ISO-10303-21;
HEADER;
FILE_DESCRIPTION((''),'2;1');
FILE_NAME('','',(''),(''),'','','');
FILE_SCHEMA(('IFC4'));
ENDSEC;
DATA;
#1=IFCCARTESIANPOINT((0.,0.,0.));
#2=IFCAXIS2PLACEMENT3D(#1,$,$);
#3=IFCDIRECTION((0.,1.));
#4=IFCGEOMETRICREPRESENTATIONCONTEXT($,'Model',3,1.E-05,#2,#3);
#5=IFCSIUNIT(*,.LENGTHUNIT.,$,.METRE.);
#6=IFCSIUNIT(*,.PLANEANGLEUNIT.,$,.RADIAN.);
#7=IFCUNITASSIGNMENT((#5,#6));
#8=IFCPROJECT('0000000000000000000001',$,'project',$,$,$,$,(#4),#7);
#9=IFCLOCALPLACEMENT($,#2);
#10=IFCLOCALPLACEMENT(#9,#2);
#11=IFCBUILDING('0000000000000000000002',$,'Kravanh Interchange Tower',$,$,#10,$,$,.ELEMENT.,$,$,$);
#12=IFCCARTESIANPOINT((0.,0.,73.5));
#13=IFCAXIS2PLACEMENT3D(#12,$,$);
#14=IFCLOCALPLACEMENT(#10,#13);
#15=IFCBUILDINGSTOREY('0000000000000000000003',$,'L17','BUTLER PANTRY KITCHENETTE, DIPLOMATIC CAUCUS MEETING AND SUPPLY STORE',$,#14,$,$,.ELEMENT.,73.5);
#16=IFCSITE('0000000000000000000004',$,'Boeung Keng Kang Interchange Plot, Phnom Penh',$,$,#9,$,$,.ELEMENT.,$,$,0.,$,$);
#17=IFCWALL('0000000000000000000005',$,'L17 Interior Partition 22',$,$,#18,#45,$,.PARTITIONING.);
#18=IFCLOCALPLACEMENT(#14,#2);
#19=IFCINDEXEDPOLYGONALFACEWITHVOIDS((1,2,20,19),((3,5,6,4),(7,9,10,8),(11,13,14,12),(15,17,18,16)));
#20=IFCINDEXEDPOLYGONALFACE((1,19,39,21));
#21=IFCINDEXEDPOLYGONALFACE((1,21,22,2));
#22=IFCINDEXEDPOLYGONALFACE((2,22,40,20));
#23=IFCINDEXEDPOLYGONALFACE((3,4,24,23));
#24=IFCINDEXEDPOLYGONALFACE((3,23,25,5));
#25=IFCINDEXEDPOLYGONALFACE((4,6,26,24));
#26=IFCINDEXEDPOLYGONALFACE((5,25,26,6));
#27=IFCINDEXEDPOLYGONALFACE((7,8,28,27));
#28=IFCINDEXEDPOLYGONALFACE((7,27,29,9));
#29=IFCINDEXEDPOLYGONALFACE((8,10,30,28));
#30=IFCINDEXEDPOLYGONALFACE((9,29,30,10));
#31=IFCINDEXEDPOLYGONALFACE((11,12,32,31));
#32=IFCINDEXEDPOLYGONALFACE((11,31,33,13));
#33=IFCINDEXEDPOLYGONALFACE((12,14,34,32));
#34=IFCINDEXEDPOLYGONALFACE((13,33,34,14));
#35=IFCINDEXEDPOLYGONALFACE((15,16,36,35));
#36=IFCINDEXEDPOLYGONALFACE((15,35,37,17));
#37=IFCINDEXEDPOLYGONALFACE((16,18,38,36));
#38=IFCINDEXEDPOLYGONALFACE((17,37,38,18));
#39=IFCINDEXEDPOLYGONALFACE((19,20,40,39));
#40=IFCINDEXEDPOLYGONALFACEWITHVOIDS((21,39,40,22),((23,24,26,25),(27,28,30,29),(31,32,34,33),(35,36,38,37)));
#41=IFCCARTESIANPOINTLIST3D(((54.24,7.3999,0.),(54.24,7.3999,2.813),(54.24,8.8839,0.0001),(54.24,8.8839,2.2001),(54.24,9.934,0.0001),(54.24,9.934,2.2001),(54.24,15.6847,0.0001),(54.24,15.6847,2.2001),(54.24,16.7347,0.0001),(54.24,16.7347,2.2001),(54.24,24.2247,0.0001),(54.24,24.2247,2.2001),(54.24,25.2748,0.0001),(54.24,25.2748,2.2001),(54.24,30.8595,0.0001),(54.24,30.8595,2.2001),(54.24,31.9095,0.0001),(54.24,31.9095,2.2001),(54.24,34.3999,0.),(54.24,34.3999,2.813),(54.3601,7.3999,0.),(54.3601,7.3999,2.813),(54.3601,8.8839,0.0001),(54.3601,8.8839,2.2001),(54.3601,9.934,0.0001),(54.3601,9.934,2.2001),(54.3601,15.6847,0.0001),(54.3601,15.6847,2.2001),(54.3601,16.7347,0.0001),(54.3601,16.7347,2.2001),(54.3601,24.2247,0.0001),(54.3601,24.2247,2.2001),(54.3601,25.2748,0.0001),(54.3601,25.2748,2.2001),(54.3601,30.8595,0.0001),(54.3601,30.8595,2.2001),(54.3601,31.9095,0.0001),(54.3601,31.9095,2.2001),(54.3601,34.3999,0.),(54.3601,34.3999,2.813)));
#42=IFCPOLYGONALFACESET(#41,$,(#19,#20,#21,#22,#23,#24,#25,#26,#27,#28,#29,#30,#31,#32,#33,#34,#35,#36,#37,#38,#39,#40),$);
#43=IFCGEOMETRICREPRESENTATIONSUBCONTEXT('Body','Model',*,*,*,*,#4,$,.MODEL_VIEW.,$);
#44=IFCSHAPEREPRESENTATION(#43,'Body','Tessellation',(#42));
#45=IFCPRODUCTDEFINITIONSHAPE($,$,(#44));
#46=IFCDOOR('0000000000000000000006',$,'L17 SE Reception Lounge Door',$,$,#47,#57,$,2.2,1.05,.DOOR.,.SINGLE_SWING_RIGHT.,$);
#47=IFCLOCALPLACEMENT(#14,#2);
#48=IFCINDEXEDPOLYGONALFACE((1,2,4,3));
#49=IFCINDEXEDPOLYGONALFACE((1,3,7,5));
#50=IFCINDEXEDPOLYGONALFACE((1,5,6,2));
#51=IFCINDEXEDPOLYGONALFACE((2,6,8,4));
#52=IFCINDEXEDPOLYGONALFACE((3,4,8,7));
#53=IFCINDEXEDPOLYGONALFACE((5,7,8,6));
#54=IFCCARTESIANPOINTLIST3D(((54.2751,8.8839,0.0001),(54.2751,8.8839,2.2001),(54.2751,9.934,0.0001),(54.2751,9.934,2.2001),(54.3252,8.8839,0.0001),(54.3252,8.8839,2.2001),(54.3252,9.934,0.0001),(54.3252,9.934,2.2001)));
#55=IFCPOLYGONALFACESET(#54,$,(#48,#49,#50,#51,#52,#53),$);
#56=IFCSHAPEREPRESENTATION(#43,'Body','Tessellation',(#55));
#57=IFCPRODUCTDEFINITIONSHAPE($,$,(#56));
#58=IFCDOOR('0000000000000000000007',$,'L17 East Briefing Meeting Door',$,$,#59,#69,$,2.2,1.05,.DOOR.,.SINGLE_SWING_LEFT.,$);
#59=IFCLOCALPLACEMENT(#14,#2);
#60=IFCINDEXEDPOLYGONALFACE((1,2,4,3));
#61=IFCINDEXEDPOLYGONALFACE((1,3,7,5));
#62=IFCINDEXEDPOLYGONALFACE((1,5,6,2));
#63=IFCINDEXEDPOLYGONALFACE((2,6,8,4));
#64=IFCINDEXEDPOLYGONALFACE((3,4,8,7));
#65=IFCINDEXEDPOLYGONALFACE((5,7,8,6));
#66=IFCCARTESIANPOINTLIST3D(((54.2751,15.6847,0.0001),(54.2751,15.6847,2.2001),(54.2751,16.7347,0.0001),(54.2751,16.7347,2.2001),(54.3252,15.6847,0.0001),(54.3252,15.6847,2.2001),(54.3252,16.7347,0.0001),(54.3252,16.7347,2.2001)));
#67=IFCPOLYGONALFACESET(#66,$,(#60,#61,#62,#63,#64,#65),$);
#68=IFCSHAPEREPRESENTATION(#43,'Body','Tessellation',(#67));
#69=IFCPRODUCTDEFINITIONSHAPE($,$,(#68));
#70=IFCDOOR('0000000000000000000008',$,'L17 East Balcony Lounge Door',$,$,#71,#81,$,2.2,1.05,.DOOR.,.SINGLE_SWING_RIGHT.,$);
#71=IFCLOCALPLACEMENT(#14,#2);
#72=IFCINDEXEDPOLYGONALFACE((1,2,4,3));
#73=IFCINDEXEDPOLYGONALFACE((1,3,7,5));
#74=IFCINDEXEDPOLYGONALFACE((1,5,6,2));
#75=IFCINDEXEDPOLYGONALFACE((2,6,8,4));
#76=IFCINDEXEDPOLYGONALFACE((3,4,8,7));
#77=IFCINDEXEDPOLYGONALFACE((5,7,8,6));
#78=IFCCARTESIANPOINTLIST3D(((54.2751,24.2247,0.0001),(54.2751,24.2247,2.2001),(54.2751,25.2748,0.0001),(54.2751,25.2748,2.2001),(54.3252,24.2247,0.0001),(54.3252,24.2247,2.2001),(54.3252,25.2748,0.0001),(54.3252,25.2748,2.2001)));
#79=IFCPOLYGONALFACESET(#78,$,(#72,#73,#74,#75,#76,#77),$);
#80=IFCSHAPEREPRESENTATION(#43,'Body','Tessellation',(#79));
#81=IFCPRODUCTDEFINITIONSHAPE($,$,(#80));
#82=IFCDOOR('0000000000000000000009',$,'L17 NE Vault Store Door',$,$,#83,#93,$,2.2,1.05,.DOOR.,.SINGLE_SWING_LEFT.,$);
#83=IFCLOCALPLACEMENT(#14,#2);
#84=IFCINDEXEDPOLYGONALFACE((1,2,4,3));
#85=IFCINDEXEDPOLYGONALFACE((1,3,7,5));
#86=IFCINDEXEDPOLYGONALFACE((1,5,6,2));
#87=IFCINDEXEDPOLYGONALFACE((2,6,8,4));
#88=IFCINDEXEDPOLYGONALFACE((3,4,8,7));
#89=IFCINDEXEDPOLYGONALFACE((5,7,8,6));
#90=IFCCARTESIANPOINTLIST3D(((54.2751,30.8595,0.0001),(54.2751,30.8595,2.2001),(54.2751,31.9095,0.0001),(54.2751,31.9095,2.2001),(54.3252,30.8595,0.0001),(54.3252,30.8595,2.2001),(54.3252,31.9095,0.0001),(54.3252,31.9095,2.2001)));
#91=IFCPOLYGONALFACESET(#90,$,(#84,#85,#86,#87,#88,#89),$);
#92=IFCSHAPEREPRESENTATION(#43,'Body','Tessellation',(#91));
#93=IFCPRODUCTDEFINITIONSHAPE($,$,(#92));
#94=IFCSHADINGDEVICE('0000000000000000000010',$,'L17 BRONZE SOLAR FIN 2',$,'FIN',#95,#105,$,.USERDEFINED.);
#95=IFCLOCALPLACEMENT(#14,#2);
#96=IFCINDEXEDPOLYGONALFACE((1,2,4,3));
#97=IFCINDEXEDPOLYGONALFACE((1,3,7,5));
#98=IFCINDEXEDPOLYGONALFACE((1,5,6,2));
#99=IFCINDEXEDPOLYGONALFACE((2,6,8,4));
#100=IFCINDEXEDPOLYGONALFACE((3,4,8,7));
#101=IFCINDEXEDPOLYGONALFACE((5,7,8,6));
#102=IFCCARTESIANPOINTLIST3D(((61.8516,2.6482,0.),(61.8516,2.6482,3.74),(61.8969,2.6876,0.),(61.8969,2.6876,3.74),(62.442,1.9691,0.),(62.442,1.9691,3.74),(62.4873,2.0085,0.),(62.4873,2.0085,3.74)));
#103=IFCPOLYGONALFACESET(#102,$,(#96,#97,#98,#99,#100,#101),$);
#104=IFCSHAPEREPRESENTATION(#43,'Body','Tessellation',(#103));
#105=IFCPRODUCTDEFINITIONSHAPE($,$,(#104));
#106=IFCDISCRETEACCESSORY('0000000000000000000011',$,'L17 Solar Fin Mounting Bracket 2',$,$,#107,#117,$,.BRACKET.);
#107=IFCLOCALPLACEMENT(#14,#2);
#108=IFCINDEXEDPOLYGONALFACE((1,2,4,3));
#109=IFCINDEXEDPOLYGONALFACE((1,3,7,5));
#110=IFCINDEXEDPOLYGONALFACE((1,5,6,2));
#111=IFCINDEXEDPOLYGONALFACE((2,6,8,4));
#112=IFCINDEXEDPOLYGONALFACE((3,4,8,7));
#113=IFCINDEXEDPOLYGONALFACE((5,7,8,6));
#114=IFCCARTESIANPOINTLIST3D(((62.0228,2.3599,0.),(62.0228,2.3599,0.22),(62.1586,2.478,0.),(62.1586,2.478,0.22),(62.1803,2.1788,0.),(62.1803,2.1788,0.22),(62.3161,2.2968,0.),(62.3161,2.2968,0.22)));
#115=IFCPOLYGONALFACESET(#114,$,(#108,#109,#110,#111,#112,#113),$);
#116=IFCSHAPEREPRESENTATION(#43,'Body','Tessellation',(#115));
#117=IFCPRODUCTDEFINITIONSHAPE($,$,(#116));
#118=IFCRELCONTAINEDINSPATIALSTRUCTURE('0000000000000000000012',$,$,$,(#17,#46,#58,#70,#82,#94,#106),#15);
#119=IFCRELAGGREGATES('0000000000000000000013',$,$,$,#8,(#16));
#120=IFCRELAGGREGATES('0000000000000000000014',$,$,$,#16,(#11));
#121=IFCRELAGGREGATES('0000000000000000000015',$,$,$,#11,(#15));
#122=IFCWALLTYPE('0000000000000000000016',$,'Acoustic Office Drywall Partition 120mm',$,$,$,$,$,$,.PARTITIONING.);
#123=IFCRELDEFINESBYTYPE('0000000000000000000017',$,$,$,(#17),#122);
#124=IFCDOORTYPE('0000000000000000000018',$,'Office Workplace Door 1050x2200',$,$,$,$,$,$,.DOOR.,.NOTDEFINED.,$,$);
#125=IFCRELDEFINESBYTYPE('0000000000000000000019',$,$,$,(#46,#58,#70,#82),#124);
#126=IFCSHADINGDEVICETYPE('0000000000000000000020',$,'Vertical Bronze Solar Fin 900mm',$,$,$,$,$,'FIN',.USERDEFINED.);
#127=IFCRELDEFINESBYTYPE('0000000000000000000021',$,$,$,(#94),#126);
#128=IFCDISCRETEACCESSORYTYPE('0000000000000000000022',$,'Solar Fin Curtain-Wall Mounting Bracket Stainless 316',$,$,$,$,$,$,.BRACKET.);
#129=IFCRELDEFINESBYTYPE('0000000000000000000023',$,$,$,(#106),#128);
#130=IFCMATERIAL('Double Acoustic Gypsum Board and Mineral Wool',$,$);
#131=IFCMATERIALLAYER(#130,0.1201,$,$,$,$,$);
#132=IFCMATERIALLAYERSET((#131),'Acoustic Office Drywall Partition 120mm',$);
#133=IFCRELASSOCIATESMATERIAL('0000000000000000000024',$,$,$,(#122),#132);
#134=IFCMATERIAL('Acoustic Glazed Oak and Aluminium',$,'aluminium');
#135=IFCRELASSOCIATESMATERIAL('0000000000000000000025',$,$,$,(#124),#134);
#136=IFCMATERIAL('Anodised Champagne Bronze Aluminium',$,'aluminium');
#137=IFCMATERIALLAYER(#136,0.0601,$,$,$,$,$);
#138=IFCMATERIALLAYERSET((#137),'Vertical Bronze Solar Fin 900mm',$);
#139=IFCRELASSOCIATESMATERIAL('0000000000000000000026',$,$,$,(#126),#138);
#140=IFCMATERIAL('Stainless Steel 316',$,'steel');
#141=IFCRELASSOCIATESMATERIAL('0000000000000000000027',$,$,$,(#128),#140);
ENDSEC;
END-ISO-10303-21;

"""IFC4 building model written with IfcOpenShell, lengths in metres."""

from ifc_helpers import new_model, si_unit, direction, frame, frame_2d, origin, origin_2d, place, context, subcontext, project, spatial, rectangle, extrude, material, layer, layer_set, type_object, element, fill, save


model = new_model("IFC4")

# Units and contexts
model_context = context("Model", 3, precision=1e-05, world=origin(), true_north=direction((0.0, 1.0)))
body_context = subcontext(model_context, "Body", "Model", "MODEL_VIEW")
ifc_project = project(units=[si_unit("LENGTHUNIT", "METRE"), si_unit("PLANEANGLEUNIT", "RADIAN")], contexts=[model_context])

# Site, building, storey
site_placement = place(None, origin())
site = spatial("IfcSite", under=ifc_project, at=site_placement, Name="Boeung Keng Kang Interchange Plot, Phnom Penh", CompositionType="ELEMENT", RefElevation=0.0)
building_placement = place(site_placement, origin())
building = spatial("IfcBuilding", under=site, at=building_placement, Name="Kravanh Interchange Tower", CompositionType="ELEMENT")
storey_placement = place(building_placement, frame((0.0, 0.0, 73.5)))
storey = spatial("IfcBuildingStorey", under=building, at=storey_placement, Name="L17", Description="BUTLER PANTRY KITCHENETTE, DIPLOMATIC CAUCUS MEETING AND SUPPLY STORE", CompositionType="ELEMENT", Elevation=73.5)

# Wall, openings, doors
ifc_material_1 = material(Name="Double Acoustic Gypsum Board and Mineral Wool")
ifc_layer_1 = layer(ifc_material_1, 0.1201)
ifc_layer_set_1 = layer_set([ifc_layer_1], Name="Acoustic Office Drywall Partition 120mm")
wall_type = type_object("IfcWallType", Name="Acoustic Office Drywall Partition 120mm", PredefinedType="PARTITIONING", material=ifc_layer_set_1)
wall_placement = place(storey_placement, frame((54.3, 7.3999, 0.0), z_axis=(0.0, 0.0, 1.0), x_axis=(0.0, 1.0, 0.0)))
wall = element("IfcWall", 1, at=wall_placement, inside=storey, type_object=wall_type, Name="L17 Interior Partition 22", PredefinedType="PARTITIONING", context=body_context, shape_type="SweptSolid", body=[
    extrude(rectangle(XDim=27.0, YDim=0.1201, at=frame_2d((13.5, 0.0))), origin(), (0.0, 0.0, 1.0), 2.813),
])
opening_1_placement = place(wall_placement, frame((1.4841, 0.0, 0.0)))
opening_1 = element("IfcOpeningElement", 2, at=opening_1_placement, cuts=wall, PredefinedType="OPENING", context=body_context, shape_type="SweptSolid", body=[
    extrude(rectangle(XDim=1.05, YDim=2.2, at=frame_2d((0.5249, 1.1001))), frame((0.0, 0.0701, 0.0), z_axis=(0.0, -1.0, 0.0), x_axis=(1.0, 0.0, 0.0)), (0.0, 0.0, 1.0), 0.1401),
])
opening_2_placement = place(wall_placement, frame((8.2849, 0.0, 0.0)))
opening_2 = element("IfcOpeningElement", 3, at=opening_2_placement, cuts=wall, PredefinedType="OPENING", context=body_context, shape_type="SweptSolid", body=[
    extrude(rectangle(XDim=1.05, YDim=2.2, at=frame_2d((0.5249, 1.1001))), frame((0.0, 0.0701, 0.0), z_axis=(0.0, -1.0, 0.0), x_axis=(1.0, 0.0, 0.0)), (0.0, 0.0, 1.0), 0.1401),
])
opening_3_placement = place(wall_placement, frame((16.825, 0.0, 0.0)))
opening_3 = element("IfcOpeningElement", 4, at=opening_3_placement, cuts=wall, PredefinedType="OPENING", context=body_context, shape_type="SweptSolid", body=[
    extrude(rectangle(XDim=1.05, YDim=2.2, at=frame_2d((0.5249, 1.1001))), frame((0.0, 0.0701, 0.0), z_axis=(0.0, -1.0, 0.0), x_axis=(1.0, 0.0, 0.0)), (0.0, 0.0, 1.0), 0.1401),
])
opening_4_placement = place(wall_placement, frame((23.4597, 0.0, 0.0)))
opening_4 = element("IfcOpeningElement", 5, at=opening_4_placement, cuts=wall, PredefinedType="OPENING", context=body_context, shape_type="SweptSolid", body=[
    extrude(rectangle(XDim=1.05, YDim=2.2, at=frame_2d((0.5249, 1.1001))), frame((0.0, 0.0701, 0.0), z_axis=(0.0, -1.0, 0.0), x_axis=(1.0, 0.0, 0.0)), (0.0, 0.0, 1.0), 0.1401),
])
ifc_material_2 = material(Name="Acoustic Glazed Oak and Aluminium", Category="aluminium")
door_type = type_object("IfcDoorType", Name="Office Workplace Door 1050x2200", OperationType="NOTDEFINED", PredefinedType="DOOR", material=ifc_material_2)
door_1_placement = place(opening_1_placement, origin())
door_1 = element("IfcDoor", 6, at=door_1_placement, inside=storey, type_object=door_type, Name="L17 SE Reception Lounge Door", OperationType="SINGLE_SWING_RIGHT", OverallHeight=2.2, OverallWidth=1.05, PredefinedType="DOOR", context=body_context, shape_type="SweptSolid", body=[
    extrude(rectangle(XDim=1.05, YDim=2.2, at=frame_2d((0.5249, 1.1001))), frame((0.0, 0.0249, 0.0), z_axis=(0.0, -1.0, 0.0), x_axis=(1.0, 0.0, 0.0)), (0.0, 0.0, 1.0), 0.05),
])
fill(opening_1, door_1)
door_2_placement = place(opening_2_placement, origin())
door_2 = element("IfcDoor", 7, at=door_2_placement, inside=storey, type_object=door_type, Name="L17 East Briefing Meeting Door", OperationType="SINGLE_SWING_LEFT", OverallHeight=2.2, OverallWidth=1.05, PredefinedType="DOOR", context=body_context, shape_type="SweptSolid", body=[
    extrude(rectangle(XDim=1.05, YDim=2.2, at=frame_2d((0.5249, 1.1001))), frame((0.0, 0.0249, 0.0), z_axis=(0.0, -1.0, 0.0), x_axis=(1.0, 0.0, 0.0)), (0.0, 0.0, 1.0), 0.05),
])
fill(opening_2, door_2)
door_3_placement = place(opening_3_placement, origin())
door_3 = element("IfcDoor", 8, at=door_3_placement, inside=storey, type_object=door_type, Name="L17 East Balcony Lounge Door", OperationType="SINGLE_SWING_RIGHT", OverallHeight=2.2, OverallWidth=1.05, PredefinedType="DOOR", context=body_context, shape_type="SweptSolid", body=[
    extrude(rectangle(XDim=1.05, YDim=2.2, at=frame_2d((0.5249, 1.1001))), frame((0.0, 0.0249, 0.0), z_axis=(0.0, -1.0, 0.0), x_axis=(1.0, 0.0, 0.0)), (0.0, 0.0, 1.0), 0.05),
])
fill(opening_3, door_3)
door_4_placement = place(opening_4_placement, origin())
door_4 = element("IfcDoor", 9, at=door_4_placement, inside=storey, type_object=door_type, Name="L17 NE Vault Store Door", OperationType="SINGLE_SWING_LEFT", OverallHeight=2.2, OverallWidth=1.05, PredefinedType="DOOR", context=body_context, shape_type="SweptSolid", body=[
    extrude(rectangle(XDim=1.05, YDim=2.2, at=frame_2d((0.5249, 1.1001))), frame((0.0, 0.0249, 0.0), z_axis=(0.0, -1.0, 0.0), x_axis=(1.0, 0.0, 0.0)), (0.0, 0.0, 1.0), 0.05),
])
fill(opening_4, door_4)

# Shading device
ifc_material_3 = material(Name="Anodised Champagne Bronze Aluminium", Category="aluminium")
ifc_layer_2 = layer(ifc_material_3, 0.0601)
ifc_layer_set_2 = layer_set([ifc_layer_2], Name="Vertical Bronze Solar Fin 900mm")
shading_device_type = type_object("IfcShadingDeviceType", Name="Vertical Bronze Solar Fin 900mm", ElementType="FIN", PredefinedType="USERDEFINED", material=ifc_layer_set_2)
shading_device_placement = place(storey_placement, frame((62.1694, 2.3284, 0.0), z_axis=(0.0, 0.0, 1.0), x_axis=(0.656068, -0.754702, 0.0)))
element("IfcShadingDevice", 10, at=shading_device_placement, inside=storey, type_object=shading_device_type, Name="L17 BRONZE SOLAR FIN 2", ObjectType="FIN", PredefinedType="USERDEFINED", context=body_context, shape_type="SweptSolid", body=[
    extrude(rectangle(XDim=0.8999, YDim=0.0601, at=origin_2d()), origin(), (0.0, 0.0, 1.0), 3.74),
])

# Discrete accessory
ifc_material_4 = material(Name="Stainless Steel 316", Category="steel")
discrete_accessory_type = type_object("IfcDiscreteAccessoryType", Name="Solar Fin Curtain-Wall Mounting Bracket Stainless 316", PredefinedType="BRACKET", material=ifc_material_4)
discrete_accessory_placement = place(storey_placement, frame((62.1694, 2.3284, 0.0), z_axis=(0.0, 0.0, 1.0), x_axis=(0.656068, -0.754702, 0.0)))
element("IfcDiscreteAccessory", 11, at=discrete_accessory_placement, inside=storey, type_object=discrete_accessory_type, Name="L17 Solar Fin Mounting Bracket 2", PredefinedType="BRACKET", context=body_context, shape_type="SweptSolid", body=[
    extrude(rectangle(XDim=0.24, YDim=0.1799, at=origin_2d()), origin(), (0.0, 0.0, 1.0), 0.22),
])

save(model, "model.ifc")
